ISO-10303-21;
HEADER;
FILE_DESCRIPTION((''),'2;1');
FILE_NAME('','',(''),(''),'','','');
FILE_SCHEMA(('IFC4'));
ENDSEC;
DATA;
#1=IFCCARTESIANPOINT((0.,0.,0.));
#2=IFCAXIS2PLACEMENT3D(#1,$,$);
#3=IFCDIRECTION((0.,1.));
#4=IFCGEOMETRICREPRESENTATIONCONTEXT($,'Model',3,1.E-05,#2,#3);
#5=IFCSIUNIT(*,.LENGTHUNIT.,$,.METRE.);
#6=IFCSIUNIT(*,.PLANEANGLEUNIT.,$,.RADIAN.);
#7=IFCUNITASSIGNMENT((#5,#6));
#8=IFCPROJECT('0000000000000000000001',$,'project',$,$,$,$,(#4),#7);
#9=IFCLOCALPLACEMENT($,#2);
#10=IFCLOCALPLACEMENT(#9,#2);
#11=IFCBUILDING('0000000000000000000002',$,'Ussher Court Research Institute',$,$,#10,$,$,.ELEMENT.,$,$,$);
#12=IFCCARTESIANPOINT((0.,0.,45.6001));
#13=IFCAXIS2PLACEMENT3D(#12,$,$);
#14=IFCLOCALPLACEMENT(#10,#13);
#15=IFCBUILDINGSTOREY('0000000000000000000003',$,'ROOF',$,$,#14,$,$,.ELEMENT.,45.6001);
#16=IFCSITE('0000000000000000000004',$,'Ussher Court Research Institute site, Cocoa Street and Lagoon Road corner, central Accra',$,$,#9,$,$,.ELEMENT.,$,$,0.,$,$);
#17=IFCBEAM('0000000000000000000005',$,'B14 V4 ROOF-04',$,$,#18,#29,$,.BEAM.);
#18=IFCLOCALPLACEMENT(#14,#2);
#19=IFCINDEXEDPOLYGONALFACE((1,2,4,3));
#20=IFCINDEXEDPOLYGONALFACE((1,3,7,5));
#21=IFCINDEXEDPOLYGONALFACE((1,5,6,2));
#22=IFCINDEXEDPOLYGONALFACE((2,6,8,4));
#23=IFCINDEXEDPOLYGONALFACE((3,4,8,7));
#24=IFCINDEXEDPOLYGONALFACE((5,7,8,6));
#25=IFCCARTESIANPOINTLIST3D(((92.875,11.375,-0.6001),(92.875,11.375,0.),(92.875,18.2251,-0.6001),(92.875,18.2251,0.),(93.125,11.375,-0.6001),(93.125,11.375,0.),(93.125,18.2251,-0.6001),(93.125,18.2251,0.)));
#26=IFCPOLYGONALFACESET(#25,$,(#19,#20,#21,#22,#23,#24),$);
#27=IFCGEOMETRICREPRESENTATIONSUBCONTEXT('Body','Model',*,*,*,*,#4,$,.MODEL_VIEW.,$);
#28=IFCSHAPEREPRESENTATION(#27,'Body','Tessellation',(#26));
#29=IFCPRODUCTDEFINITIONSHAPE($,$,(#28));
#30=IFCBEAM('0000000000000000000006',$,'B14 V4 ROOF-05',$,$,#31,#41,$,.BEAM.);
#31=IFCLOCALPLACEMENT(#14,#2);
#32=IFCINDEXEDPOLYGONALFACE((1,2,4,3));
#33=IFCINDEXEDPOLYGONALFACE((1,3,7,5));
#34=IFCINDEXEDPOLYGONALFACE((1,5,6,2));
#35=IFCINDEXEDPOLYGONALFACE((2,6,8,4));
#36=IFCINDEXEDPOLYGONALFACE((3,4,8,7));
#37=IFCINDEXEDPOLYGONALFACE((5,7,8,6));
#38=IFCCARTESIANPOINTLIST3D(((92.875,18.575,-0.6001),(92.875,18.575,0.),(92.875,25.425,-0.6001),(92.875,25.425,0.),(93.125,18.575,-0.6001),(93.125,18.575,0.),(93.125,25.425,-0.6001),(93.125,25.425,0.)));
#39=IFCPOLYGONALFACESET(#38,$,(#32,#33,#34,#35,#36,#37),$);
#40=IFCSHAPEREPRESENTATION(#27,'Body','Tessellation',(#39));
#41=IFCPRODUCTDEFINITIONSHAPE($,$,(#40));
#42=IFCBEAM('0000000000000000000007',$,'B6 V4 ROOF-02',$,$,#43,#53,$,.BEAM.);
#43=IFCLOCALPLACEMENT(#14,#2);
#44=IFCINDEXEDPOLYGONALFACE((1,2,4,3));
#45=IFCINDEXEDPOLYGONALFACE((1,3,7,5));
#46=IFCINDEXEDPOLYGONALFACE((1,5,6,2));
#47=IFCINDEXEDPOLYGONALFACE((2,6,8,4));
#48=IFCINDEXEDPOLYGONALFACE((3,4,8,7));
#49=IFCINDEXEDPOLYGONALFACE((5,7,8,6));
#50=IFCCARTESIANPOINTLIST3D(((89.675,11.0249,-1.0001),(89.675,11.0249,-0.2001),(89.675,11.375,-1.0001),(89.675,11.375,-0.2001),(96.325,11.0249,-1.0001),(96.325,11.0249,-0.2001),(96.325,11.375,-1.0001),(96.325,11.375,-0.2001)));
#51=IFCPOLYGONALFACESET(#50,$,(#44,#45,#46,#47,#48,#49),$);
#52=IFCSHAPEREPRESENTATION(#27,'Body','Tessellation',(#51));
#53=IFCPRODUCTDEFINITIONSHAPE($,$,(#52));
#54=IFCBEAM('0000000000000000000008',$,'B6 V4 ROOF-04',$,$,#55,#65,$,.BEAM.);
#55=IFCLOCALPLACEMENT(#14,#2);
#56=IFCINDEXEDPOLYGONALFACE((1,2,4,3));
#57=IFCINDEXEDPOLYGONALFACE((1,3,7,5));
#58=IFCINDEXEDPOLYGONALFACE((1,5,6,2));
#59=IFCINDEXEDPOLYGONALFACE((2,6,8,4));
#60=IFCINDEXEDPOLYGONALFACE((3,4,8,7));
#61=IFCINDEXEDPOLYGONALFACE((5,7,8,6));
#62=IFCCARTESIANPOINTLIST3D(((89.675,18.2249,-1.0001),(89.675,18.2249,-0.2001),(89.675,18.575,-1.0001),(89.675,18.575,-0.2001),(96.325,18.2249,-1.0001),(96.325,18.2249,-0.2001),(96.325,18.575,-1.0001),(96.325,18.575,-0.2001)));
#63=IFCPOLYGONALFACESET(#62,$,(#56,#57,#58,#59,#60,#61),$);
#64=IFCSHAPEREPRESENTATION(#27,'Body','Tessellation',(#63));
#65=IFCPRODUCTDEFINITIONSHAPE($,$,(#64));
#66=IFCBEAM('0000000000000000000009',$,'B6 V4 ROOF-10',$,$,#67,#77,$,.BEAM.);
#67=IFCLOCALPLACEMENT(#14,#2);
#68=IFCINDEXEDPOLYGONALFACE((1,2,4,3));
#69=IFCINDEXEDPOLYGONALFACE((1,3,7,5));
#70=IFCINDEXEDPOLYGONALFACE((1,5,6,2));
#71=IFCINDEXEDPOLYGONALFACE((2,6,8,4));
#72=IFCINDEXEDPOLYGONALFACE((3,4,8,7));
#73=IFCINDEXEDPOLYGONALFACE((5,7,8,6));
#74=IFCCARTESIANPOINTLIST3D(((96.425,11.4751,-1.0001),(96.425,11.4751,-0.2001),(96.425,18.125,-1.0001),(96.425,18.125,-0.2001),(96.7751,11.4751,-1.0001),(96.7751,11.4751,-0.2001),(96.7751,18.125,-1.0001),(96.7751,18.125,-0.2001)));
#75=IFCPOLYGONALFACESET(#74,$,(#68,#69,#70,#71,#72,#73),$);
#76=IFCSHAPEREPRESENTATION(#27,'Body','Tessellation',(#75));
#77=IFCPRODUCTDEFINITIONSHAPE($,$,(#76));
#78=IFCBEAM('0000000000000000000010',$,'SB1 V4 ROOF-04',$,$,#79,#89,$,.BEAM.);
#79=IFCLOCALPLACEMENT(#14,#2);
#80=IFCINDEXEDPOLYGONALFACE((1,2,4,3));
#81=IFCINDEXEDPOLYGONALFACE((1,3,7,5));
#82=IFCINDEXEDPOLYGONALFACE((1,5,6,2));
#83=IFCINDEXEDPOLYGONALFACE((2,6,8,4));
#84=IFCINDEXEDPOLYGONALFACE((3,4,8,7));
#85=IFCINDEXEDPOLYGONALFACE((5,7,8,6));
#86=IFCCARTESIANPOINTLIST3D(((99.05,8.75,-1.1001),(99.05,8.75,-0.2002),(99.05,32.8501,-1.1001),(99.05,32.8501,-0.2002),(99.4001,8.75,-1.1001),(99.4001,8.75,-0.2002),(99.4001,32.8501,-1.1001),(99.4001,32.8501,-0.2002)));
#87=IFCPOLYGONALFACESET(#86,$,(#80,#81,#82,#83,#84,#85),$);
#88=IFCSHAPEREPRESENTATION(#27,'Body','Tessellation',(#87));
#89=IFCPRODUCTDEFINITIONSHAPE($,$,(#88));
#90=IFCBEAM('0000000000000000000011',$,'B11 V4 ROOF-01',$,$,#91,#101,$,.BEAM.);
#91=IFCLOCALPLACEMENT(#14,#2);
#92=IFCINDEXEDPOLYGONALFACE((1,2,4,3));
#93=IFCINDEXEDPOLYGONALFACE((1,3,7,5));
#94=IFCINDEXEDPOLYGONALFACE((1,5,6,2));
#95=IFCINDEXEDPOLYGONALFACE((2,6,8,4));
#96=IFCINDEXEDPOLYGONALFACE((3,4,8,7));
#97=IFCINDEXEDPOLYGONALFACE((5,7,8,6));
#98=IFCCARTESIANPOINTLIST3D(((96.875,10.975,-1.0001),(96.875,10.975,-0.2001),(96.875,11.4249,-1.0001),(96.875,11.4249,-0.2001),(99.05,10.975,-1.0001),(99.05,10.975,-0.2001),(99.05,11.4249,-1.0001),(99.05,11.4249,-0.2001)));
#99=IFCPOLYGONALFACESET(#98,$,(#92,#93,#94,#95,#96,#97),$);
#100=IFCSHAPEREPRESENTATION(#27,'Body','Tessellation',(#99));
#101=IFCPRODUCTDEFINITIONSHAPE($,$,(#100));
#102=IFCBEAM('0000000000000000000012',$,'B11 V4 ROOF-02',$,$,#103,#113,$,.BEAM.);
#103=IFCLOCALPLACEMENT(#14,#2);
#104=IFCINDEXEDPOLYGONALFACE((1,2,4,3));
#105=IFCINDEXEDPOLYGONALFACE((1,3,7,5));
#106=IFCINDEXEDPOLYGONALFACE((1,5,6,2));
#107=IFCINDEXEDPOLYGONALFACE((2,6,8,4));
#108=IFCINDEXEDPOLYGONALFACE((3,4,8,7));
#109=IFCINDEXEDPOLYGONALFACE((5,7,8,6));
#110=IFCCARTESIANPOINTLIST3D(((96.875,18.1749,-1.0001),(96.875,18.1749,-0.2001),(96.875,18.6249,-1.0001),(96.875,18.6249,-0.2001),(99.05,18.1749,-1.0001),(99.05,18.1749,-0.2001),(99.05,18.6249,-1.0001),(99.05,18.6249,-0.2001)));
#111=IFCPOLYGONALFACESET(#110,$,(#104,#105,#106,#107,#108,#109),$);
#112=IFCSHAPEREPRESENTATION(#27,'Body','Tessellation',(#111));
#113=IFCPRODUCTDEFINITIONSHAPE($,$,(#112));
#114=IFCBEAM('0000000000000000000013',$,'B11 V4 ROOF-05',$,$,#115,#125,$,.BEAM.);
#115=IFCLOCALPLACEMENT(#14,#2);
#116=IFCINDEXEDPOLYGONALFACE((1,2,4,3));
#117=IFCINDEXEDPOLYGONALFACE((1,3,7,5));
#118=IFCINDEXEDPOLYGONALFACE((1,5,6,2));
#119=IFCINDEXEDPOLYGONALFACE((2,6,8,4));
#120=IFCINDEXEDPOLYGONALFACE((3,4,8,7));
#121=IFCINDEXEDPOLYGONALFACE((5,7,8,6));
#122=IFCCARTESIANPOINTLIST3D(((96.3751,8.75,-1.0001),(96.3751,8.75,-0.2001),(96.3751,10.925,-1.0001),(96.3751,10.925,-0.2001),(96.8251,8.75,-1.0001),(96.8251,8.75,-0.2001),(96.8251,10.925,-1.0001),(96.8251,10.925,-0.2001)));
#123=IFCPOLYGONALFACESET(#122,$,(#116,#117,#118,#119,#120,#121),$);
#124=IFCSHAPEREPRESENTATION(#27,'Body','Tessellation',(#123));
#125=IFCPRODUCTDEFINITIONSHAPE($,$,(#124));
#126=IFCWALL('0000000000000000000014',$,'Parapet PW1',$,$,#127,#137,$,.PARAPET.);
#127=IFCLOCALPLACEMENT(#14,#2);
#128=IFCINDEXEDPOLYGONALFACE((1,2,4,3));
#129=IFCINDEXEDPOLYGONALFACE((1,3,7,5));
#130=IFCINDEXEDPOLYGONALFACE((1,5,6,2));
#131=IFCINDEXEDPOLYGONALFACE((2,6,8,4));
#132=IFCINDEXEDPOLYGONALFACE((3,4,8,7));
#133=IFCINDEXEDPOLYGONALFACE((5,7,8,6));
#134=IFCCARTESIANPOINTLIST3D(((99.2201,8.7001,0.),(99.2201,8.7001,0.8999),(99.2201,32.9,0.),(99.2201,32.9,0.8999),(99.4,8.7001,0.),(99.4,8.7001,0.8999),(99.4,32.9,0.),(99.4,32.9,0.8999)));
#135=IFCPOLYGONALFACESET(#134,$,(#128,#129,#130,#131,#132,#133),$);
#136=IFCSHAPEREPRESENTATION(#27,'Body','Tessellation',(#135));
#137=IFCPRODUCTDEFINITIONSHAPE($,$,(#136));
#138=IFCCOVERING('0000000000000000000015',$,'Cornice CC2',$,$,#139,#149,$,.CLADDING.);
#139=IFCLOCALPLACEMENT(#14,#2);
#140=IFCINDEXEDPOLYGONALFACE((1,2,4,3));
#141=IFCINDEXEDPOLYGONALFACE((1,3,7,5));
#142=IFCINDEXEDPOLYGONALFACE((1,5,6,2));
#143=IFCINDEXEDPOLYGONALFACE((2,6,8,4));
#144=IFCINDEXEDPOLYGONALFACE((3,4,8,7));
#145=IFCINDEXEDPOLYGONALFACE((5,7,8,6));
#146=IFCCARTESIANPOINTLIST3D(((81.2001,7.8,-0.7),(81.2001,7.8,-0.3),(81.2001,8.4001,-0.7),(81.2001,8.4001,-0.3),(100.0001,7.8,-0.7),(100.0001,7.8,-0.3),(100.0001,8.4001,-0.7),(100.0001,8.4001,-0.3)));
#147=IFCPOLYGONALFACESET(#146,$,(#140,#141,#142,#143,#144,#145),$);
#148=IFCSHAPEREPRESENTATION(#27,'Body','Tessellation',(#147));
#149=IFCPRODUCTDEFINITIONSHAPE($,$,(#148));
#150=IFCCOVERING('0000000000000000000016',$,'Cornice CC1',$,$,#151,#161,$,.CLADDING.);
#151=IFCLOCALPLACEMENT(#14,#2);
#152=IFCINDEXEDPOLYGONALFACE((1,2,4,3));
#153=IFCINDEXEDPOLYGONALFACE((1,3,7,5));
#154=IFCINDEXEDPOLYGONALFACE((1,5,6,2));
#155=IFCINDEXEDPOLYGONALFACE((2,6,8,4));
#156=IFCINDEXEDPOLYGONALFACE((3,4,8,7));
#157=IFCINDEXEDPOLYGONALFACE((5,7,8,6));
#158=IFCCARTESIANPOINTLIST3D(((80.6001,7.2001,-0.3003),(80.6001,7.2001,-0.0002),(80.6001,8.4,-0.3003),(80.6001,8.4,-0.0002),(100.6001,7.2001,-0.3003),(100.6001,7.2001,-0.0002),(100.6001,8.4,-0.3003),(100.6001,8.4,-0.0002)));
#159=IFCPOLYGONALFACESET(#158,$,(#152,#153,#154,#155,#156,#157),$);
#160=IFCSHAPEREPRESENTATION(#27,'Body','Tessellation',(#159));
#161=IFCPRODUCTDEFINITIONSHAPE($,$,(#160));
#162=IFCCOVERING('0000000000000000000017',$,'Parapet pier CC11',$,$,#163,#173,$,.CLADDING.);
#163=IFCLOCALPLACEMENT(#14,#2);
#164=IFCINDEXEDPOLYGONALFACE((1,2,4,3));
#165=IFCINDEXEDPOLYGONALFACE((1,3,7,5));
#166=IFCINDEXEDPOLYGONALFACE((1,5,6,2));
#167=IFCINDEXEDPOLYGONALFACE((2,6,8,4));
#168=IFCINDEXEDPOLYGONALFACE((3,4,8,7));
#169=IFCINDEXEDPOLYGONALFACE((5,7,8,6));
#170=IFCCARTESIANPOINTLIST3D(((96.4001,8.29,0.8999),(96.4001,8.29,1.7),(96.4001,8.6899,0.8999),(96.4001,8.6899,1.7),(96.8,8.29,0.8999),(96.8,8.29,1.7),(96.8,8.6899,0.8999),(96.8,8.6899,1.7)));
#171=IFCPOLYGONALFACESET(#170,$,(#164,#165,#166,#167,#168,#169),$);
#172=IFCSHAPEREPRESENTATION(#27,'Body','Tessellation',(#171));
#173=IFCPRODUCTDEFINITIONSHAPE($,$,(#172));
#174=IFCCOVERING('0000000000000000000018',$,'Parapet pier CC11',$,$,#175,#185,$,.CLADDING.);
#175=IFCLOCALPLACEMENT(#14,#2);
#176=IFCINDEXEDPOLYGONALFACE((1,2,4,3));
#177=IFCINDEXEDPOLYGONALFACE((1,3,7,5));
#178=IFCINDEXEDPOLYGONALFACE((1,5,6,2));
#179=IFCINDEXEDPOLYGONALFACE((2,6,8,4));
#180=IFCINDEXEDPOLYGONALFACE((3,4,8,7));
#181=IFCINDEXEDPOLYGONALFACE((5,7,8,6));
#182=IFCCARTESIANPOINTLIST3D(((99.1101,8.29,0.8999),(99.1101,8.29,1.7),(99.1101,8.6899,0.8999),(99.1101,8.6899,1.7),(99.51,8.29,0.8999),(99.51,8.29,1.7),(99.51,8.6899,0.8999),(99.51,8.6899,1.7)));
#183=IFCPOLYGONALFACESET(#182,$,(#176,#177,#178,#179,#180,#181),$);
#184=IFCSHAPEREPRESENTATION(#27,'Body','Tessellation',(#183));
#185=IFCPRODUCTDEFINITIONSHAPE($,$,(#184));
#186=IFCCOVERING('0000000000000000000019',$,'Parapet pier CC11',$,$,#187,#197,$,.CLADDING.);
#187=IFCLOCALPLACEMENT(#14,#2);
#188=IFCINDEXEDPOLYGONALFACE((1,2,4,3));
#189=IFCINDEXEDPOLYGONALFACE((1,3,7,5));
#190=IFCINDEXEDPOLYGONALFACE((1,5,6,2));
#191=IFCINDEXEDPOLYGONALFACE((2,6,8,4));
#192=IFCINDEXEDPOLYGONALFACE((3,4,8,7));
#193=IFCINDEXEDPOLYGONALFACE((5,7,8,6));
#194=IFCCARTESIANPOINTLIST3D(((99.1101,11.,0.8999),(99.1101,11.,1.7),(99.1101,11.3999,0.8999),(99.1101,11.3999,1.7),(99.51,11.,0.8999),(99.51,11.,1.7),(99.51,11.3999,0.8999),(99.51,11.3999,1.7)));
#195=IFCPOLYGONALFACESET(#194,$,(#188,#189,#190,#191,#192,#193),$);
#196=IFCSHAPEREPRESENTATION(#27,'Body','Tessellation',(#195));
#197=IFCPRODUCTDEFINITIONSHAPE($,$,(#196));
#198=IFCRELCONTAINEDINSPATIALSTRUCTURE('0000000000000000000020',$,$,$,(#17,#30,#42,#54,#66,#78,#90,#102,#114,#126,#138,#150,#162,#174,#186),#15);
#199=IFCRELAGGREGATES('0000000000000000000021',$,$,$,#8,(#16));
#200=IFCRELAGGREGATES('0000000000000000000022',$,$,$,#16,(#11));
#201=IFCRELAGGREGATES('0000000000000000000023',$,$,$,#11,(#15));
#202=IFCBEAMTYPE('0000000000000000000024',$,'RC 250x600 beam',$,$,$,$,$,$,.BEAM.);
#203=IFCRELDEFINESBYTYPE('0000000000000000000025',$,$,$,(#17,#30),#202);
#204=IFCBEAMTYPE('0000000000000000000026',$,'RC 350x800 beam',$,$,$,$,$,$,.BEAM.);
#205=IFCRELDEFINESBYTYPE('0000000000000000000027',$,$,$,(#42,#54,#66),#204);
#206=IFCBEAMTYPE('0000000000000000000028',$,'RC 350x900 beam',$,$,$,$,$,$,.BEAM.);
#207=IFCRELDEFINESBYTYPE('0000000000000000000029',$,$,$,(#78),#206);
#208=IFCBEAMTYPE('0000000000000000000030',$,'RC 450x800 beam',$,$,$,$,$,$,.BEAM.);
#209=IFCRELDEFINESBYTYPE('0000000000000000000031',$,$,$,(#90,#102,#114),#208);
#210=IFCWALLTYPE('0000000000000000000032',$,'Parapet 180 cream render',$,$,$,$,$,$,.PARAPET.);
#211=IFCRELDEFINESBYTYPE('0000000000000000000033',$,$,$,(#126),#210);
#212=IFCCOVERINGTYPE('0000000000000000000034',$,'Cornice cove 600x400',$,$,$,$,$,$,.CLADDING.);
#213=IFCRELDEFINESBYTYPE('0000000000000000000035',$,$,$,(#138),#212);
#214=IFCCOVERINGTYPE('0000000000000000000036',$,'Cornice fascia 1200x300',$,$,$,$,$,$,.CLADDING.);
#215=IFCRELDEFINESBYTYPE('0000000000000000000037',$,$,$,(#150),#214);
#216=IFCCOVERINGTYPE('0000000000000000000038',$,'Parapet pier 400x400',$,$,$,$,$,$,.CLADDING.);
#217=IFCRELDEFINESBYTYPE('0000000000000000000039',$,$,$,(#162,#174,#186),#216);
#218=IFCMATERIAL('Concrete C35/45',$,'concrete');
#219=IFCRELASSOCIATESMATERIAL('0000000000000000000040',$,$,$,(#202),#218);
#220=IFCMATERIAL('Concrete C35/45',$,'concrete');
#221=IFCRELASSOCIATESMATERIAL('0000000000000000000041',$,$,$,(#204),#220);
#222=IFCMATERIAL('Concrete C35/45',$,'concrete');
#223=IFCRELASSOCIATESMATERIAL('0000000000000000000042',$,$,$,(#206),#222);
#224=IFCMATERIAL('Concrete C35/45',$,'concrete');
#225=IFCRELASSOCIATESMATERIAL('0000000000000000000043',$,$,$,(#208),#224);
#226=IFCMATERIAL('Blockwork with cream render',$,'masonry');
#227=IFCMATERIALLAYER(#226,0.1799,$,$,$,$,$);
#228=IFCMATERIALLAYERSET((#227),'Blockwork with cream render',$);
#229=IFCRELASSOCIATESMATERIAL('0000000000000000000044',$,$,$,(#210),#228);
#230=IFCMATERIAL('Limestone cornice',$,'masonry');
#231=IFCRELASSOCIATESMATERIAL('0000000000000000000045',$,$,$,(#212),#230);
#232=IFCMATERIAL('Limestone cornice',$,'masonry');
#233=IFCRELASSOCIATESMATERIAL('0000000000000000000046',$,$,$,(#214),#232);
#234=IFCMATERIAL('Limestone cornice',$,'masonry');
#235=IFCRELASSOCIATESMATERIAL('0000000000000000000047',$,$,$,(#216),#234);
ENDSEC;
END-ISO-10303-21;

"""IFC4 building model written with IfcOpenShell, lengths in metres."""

from ifc_helpers import new_model, si_unit, direction, frame, frame_2d, origin, origin_2d, place, context, subcontext, project, spatial, rectangle, extrude, material, layer, layer_set, material_profile, profile_set, type_object, element, save


model = new_model("IFC4")

# Units and contexts
model_context = context("Model", 3, precision=1e-05, world=origin(), true_north=direction((0.0, 1.0)))
body_context = subcontext(model_context, "Body", "Model", "MODEL_VIEW")
ifc_project = project(units=[si_unit("LENGTHUNIT", "METRE"), si_unit("PLANEANGLEUNIT", "RADIAN")], contexts=[model_context])

# Site, building, storey
site_placement = place(None, origin())
site = spatial("IfcSite", under=ifc_project, at=site_placement, Name="Ussher Court Research Institute site, Cocoa Street and Lagoon Road corner, central Accra", CompositionType="ELEMENT", RefElevation=0.0)
building_placement = place(site_placement, origin())
building = spatial("IfcBuilding", under=site, at=building_placement, Name="Ussher Court Research Institute", CompositionType="ELEMENT")
storey_placement = place(building_placement, frame((0.0, 0.0, 45.6001)))
storey = spatial("IfcBuildingStorey", under=building, at=storey_placement, Name="ROOF", CompositionType="ELEMENT", Elevation=45.6001)

# Beams
ifc_material_1 = material(Name="Concrete C35/45", Category="concrete")
ifc_material_profile_1 = material_profile(ifc_material_1, rectangle(XDim=0.25, YDim=0.6001, at=origin_2d()), Name="RC 250x600")
ifc_profile_set_1 = profile_set([ifc_material_profile_1], Name="Concrete C35/45")
beam_type_1 = type_object("IfcBeamType", Name="RC 250x600 beam", PredefinedType="BEAM", material=ifc_profile_set_1)
for number, where, z_axis, x_axis, name in (
    (1, (93.0, 11.375, -0.3), (0.0, 1.0, 0.0), (-1.0, 0.0, 0.0), "B14 V4 ROOF-04"),
    (2, (93.0, 18.575, -0.3), (0.0, 1.0, 0.0), (-1.0, 0.0, 0.0), "B14 V4 ROOF-05"),
):
    element("IfcBeam", number, at=place(storey_placement, frame(where, z_axis=z_axis, x_axis=x_axis)), inside=storey, type_object=beam_type_1, Name=name, PredefinedType="BEAM", context=body_context, shape_type="SweptSolid", body=[
        extrude(rectangle(XDim=0.25, YDim=0.6001, at=origin_2d()), origin(), (0.0, 0.0, 1.0), 6.8501),
    ])
ifc_material_2 = material(Name="Concrete C35/45", Category="concrete")
ifc_material_profile_2 = material_profile(ifc_material_2, rectangle(XDim=0.3501, YDim=0.8, at=origin_2d()), Name="RC 350x800")
ifc_profile_set_2 = profile_set([ifc_material_profile_2], Name="Concrete C35/45")
beam_type_2 = type_object("IfcBeamType", Name="RC 350x800 beam", PredefinedType="BEAM", material=ifc_profile_set_2)
for number, where, z_axis, x_axis, name in (
    (3, (89.675, 11.2, -0.6001), (1.0, 0.0, 0.0), (0.0, 1.0, 0.0), "B6 V4 ROOF-02"),
    (4, (89.675, 18.3999, -0.6001), (1.0, 0.0, 0.0), (0.0, 1.0, 0.0), "B6 V4 ROOF-04"),
    (5, (96.6001, 11.4751, -0.6001), (0.0, 1.0, 0.0), (-1.0, 0.0, 0.0), "B6 V4 ROOF-10"),
):
    element("IfcBeam", number, at=place(storey_placement, frame(where, z_axis=z_axis, x_axis=x_axis)), inside=storey, type_object=beam_type_2, Name=name, PredefinedType="BEAM", context=body_context, shape_type="SweptSolid", body=[
        extrude(rectangle(XDim=0.3501, YDim=0.8, at=origin_2d()), origin(), (0.0, 0.0, 1.0), 6.6499),
    ])
ifc_material_3 = material(Name="Concrete C35/45", Category="concrete")
ifc_material_profile_3 = material_profile(ifc_material_3, rectangle(XDim=0.3501, YDim=0.8999, at=origin_2d()), Name="RC 350x900")
ifc_profile_set_3 = profile_set([ifc_material_profile_3], Name="Concrete C35/45")
beam_type_3 = type_object("IfcBeamType", Name="RC 350x900 beam", PredefinedType="BEAM", material=ifc_profile_set_3)
beam_placement = place(storey_placement, frame((99.2251, 8.75, -0.6501), z_axis=(0.0, 1.0, 0.0), x_axis=(-1.0, 0.0, 0.0)))
element("IfcBeam", 6, at=beam_placement, inside=storey, type_object=beam_type_3, Name="SB1 V4 ROOF-04", PredefinedType="BEAM", context=body_context, shape_type="SweptSolid", body=[
    extrude(rectangle(XDim=0.3501, YDim=0.8999, at=origin_2d()), origin(), (0.0, 0.0, 1.0), 24.1001),
])
ifc_material_4 = material(Name="Concrete C35/45", Category="concrete")
ifc_material_profile_4 = material_profile(ifc_material_4, rectangle(XDim=0.45, YDim=0.8, at=origin_2d()), Name="RC 450x800")
ifc_profile_set_4 = profile_set([ifc_material_profile_4], Name="Concrete C35/45")
beam_type_4 = type_object("IfcBeamType", Name="RC 450x800 beam", PredefinedType="BEAM", material=ifc_profile_set_4)
for number, where, z_axis, x_axis, name in (
    (7, (96.875, 11.2, -0.6001), (1.0, 0.0, 0.0), (0.0, 1.0, 0.0), "B11 V4 ROOF-01"),
    (8, (96.875, 18.3999, -0.6001), (1.0, 0.0, 0.0), (0.0, 1.0, 0.0), "B11 V4 ROOF-02"),
    (9, (96.6001, 8.75, -0.6001), (0.0, 1.0, 0.0), (-1.0, 0.0, 0.0), "B11 V4 ROOF-05"),
):
    element("IfcBeam", number, at=place(storey_placement, frame(where, z_axis=z_axis, x_axis=x_axis)), inside=storey, type_object=beam_type_4, Name=name, PredefinedType="BEAM", context=body_context, shape_type="SweptSolid", body=[
        extrude(rectangle(XDim=0.45, YDim=0.8, at=origin_2d()), origin(), (0.0, 0.0, 1.0), 2.175),
    ])

# Wall
ifc_material_5 = material(Name="Blockwork with cream render", Category="masonry")
ifc_layer = layer(ifc_material_5, 0.1799)
ifc_layer_set = layer_set([ifc_layer], Name="Blockwork with cream render")
wall_type = type_object("IfcWallType", Name="Parapet 180 cream render", PredefinedType="PARAPET", material=ifc_layer_set)
wall_placement = place(storey_placement, frame((99.3101, 8.7, 0.0), z_axis=(0.0, 0.0, 1.0), x_axis=(0.0, 1.0, 0.0)))
element("IfcWall", 10, at=wall_placement, inside=storey, type_object=wall_type, Name="Parapet PW1", PredefinedType="PARAPET", context=body_context, shape_type="SweptSolid", body=[
    extrude(rectangle(XDim=24.2, YDim=0.1799, at=frame_2d((12.1001, 0.0))), origin(), (0.0, 0.0, 1.0), 0.8999),
])

# Coverings
ifc_material_6 = material(Name="Limestone cornice", Category="masonry")
covering_type_1 = type_object("IfcCoveringType", Name="Cornice cove 600x400", PredefinedType="CLADDING", material=ifc_material_6)
covering_1_placement = place(storey_placement, frame((90.6001, 8.1001, -0.7), z_axis=(0.0, 0.0, 1.0), x_axis=(1.0, 0.0, 0.0)))
element("IfcCovering", 11, at=covering_1_placement, inside=storey, type_object=covering_type_1, Name="Cornice CC2", PredefinedType="CLADDING", context=body_context, shape_type="SweptSolid", body=[
    extrude(rectangle(XDim=18.8, YDim=0.6001, at=origin_2d()), origin(), (0.0, 0.0, 1.0), 0.3999),
])
ifc_material_7 = material(Name="Limestone cornice", Category="masonry")
covering_type_2 = type_object("IfcCoveringType", Name="Cornice fascia 1200x300", PredefinedType="CLADDING", material=ifc_material_7)
covering_2_placement = place(storey_placement, frame((90.6001, 7.8, -0.3003), z_axis=(0.0, 0.0, 1.0), x_axis=(1.0, 0.0, 0.0)))
element("IfcCovering", 12, at=covering_2_placement, inside=storey, type_object=covering_type_2, Name="Cornice CC1", PredefinedType="CLADDING", context=body_context, shape_type="SweptSolid", body=[
    extrude(rectangle(XDim=20.0, YDim=1.2, at=origin_2d()), origin(), (0.0, 0.0, 1.0), 0.3),
])
ifc_material_8 = material(Name="Limestone cornice", Category="masonry")
covering_type_3 = type_object("IfcCoveringType", Name="Parapet pier 400x400", PredefinedType="CLADDING", material=ifc_material_8)
for number, where, z_axis, x_axis, name in (
    (13, (96.6001, 8.49, 0.8999), (0.0, 0.0, 1.0), (1.0, 0.0, 0.0), "Parapet pier CC11"),
    (14, (99.3101, 8.49, 0.8999), (0.0, 0.0, 1.0), (1.0, 0.0, 0.0), "Parapet pier CC11"),
    (15, (99.3101, 11.2, 0.8999), (0.0, 0.0, 1.0), (1.0, 0.0, 0.0), "Parapet pier CC11"),
):
    element("IfcCovering", number, at=place(storey_placement, frame(where, z_axis=z_axis, x_axis=x_axis)), inside=storey, type_object=covering_type_3, Name=name, PredefinedType="CLADDING", context=body_context, shape_type="SweptSolid", body=[
        extrude(rectangle(XDim=0.3999, YDim=0.3999, at=origin_2d()), origin(), (0.0, 0.0, 1.0), 0.8),
    ])

save(model, "model.ifc")
